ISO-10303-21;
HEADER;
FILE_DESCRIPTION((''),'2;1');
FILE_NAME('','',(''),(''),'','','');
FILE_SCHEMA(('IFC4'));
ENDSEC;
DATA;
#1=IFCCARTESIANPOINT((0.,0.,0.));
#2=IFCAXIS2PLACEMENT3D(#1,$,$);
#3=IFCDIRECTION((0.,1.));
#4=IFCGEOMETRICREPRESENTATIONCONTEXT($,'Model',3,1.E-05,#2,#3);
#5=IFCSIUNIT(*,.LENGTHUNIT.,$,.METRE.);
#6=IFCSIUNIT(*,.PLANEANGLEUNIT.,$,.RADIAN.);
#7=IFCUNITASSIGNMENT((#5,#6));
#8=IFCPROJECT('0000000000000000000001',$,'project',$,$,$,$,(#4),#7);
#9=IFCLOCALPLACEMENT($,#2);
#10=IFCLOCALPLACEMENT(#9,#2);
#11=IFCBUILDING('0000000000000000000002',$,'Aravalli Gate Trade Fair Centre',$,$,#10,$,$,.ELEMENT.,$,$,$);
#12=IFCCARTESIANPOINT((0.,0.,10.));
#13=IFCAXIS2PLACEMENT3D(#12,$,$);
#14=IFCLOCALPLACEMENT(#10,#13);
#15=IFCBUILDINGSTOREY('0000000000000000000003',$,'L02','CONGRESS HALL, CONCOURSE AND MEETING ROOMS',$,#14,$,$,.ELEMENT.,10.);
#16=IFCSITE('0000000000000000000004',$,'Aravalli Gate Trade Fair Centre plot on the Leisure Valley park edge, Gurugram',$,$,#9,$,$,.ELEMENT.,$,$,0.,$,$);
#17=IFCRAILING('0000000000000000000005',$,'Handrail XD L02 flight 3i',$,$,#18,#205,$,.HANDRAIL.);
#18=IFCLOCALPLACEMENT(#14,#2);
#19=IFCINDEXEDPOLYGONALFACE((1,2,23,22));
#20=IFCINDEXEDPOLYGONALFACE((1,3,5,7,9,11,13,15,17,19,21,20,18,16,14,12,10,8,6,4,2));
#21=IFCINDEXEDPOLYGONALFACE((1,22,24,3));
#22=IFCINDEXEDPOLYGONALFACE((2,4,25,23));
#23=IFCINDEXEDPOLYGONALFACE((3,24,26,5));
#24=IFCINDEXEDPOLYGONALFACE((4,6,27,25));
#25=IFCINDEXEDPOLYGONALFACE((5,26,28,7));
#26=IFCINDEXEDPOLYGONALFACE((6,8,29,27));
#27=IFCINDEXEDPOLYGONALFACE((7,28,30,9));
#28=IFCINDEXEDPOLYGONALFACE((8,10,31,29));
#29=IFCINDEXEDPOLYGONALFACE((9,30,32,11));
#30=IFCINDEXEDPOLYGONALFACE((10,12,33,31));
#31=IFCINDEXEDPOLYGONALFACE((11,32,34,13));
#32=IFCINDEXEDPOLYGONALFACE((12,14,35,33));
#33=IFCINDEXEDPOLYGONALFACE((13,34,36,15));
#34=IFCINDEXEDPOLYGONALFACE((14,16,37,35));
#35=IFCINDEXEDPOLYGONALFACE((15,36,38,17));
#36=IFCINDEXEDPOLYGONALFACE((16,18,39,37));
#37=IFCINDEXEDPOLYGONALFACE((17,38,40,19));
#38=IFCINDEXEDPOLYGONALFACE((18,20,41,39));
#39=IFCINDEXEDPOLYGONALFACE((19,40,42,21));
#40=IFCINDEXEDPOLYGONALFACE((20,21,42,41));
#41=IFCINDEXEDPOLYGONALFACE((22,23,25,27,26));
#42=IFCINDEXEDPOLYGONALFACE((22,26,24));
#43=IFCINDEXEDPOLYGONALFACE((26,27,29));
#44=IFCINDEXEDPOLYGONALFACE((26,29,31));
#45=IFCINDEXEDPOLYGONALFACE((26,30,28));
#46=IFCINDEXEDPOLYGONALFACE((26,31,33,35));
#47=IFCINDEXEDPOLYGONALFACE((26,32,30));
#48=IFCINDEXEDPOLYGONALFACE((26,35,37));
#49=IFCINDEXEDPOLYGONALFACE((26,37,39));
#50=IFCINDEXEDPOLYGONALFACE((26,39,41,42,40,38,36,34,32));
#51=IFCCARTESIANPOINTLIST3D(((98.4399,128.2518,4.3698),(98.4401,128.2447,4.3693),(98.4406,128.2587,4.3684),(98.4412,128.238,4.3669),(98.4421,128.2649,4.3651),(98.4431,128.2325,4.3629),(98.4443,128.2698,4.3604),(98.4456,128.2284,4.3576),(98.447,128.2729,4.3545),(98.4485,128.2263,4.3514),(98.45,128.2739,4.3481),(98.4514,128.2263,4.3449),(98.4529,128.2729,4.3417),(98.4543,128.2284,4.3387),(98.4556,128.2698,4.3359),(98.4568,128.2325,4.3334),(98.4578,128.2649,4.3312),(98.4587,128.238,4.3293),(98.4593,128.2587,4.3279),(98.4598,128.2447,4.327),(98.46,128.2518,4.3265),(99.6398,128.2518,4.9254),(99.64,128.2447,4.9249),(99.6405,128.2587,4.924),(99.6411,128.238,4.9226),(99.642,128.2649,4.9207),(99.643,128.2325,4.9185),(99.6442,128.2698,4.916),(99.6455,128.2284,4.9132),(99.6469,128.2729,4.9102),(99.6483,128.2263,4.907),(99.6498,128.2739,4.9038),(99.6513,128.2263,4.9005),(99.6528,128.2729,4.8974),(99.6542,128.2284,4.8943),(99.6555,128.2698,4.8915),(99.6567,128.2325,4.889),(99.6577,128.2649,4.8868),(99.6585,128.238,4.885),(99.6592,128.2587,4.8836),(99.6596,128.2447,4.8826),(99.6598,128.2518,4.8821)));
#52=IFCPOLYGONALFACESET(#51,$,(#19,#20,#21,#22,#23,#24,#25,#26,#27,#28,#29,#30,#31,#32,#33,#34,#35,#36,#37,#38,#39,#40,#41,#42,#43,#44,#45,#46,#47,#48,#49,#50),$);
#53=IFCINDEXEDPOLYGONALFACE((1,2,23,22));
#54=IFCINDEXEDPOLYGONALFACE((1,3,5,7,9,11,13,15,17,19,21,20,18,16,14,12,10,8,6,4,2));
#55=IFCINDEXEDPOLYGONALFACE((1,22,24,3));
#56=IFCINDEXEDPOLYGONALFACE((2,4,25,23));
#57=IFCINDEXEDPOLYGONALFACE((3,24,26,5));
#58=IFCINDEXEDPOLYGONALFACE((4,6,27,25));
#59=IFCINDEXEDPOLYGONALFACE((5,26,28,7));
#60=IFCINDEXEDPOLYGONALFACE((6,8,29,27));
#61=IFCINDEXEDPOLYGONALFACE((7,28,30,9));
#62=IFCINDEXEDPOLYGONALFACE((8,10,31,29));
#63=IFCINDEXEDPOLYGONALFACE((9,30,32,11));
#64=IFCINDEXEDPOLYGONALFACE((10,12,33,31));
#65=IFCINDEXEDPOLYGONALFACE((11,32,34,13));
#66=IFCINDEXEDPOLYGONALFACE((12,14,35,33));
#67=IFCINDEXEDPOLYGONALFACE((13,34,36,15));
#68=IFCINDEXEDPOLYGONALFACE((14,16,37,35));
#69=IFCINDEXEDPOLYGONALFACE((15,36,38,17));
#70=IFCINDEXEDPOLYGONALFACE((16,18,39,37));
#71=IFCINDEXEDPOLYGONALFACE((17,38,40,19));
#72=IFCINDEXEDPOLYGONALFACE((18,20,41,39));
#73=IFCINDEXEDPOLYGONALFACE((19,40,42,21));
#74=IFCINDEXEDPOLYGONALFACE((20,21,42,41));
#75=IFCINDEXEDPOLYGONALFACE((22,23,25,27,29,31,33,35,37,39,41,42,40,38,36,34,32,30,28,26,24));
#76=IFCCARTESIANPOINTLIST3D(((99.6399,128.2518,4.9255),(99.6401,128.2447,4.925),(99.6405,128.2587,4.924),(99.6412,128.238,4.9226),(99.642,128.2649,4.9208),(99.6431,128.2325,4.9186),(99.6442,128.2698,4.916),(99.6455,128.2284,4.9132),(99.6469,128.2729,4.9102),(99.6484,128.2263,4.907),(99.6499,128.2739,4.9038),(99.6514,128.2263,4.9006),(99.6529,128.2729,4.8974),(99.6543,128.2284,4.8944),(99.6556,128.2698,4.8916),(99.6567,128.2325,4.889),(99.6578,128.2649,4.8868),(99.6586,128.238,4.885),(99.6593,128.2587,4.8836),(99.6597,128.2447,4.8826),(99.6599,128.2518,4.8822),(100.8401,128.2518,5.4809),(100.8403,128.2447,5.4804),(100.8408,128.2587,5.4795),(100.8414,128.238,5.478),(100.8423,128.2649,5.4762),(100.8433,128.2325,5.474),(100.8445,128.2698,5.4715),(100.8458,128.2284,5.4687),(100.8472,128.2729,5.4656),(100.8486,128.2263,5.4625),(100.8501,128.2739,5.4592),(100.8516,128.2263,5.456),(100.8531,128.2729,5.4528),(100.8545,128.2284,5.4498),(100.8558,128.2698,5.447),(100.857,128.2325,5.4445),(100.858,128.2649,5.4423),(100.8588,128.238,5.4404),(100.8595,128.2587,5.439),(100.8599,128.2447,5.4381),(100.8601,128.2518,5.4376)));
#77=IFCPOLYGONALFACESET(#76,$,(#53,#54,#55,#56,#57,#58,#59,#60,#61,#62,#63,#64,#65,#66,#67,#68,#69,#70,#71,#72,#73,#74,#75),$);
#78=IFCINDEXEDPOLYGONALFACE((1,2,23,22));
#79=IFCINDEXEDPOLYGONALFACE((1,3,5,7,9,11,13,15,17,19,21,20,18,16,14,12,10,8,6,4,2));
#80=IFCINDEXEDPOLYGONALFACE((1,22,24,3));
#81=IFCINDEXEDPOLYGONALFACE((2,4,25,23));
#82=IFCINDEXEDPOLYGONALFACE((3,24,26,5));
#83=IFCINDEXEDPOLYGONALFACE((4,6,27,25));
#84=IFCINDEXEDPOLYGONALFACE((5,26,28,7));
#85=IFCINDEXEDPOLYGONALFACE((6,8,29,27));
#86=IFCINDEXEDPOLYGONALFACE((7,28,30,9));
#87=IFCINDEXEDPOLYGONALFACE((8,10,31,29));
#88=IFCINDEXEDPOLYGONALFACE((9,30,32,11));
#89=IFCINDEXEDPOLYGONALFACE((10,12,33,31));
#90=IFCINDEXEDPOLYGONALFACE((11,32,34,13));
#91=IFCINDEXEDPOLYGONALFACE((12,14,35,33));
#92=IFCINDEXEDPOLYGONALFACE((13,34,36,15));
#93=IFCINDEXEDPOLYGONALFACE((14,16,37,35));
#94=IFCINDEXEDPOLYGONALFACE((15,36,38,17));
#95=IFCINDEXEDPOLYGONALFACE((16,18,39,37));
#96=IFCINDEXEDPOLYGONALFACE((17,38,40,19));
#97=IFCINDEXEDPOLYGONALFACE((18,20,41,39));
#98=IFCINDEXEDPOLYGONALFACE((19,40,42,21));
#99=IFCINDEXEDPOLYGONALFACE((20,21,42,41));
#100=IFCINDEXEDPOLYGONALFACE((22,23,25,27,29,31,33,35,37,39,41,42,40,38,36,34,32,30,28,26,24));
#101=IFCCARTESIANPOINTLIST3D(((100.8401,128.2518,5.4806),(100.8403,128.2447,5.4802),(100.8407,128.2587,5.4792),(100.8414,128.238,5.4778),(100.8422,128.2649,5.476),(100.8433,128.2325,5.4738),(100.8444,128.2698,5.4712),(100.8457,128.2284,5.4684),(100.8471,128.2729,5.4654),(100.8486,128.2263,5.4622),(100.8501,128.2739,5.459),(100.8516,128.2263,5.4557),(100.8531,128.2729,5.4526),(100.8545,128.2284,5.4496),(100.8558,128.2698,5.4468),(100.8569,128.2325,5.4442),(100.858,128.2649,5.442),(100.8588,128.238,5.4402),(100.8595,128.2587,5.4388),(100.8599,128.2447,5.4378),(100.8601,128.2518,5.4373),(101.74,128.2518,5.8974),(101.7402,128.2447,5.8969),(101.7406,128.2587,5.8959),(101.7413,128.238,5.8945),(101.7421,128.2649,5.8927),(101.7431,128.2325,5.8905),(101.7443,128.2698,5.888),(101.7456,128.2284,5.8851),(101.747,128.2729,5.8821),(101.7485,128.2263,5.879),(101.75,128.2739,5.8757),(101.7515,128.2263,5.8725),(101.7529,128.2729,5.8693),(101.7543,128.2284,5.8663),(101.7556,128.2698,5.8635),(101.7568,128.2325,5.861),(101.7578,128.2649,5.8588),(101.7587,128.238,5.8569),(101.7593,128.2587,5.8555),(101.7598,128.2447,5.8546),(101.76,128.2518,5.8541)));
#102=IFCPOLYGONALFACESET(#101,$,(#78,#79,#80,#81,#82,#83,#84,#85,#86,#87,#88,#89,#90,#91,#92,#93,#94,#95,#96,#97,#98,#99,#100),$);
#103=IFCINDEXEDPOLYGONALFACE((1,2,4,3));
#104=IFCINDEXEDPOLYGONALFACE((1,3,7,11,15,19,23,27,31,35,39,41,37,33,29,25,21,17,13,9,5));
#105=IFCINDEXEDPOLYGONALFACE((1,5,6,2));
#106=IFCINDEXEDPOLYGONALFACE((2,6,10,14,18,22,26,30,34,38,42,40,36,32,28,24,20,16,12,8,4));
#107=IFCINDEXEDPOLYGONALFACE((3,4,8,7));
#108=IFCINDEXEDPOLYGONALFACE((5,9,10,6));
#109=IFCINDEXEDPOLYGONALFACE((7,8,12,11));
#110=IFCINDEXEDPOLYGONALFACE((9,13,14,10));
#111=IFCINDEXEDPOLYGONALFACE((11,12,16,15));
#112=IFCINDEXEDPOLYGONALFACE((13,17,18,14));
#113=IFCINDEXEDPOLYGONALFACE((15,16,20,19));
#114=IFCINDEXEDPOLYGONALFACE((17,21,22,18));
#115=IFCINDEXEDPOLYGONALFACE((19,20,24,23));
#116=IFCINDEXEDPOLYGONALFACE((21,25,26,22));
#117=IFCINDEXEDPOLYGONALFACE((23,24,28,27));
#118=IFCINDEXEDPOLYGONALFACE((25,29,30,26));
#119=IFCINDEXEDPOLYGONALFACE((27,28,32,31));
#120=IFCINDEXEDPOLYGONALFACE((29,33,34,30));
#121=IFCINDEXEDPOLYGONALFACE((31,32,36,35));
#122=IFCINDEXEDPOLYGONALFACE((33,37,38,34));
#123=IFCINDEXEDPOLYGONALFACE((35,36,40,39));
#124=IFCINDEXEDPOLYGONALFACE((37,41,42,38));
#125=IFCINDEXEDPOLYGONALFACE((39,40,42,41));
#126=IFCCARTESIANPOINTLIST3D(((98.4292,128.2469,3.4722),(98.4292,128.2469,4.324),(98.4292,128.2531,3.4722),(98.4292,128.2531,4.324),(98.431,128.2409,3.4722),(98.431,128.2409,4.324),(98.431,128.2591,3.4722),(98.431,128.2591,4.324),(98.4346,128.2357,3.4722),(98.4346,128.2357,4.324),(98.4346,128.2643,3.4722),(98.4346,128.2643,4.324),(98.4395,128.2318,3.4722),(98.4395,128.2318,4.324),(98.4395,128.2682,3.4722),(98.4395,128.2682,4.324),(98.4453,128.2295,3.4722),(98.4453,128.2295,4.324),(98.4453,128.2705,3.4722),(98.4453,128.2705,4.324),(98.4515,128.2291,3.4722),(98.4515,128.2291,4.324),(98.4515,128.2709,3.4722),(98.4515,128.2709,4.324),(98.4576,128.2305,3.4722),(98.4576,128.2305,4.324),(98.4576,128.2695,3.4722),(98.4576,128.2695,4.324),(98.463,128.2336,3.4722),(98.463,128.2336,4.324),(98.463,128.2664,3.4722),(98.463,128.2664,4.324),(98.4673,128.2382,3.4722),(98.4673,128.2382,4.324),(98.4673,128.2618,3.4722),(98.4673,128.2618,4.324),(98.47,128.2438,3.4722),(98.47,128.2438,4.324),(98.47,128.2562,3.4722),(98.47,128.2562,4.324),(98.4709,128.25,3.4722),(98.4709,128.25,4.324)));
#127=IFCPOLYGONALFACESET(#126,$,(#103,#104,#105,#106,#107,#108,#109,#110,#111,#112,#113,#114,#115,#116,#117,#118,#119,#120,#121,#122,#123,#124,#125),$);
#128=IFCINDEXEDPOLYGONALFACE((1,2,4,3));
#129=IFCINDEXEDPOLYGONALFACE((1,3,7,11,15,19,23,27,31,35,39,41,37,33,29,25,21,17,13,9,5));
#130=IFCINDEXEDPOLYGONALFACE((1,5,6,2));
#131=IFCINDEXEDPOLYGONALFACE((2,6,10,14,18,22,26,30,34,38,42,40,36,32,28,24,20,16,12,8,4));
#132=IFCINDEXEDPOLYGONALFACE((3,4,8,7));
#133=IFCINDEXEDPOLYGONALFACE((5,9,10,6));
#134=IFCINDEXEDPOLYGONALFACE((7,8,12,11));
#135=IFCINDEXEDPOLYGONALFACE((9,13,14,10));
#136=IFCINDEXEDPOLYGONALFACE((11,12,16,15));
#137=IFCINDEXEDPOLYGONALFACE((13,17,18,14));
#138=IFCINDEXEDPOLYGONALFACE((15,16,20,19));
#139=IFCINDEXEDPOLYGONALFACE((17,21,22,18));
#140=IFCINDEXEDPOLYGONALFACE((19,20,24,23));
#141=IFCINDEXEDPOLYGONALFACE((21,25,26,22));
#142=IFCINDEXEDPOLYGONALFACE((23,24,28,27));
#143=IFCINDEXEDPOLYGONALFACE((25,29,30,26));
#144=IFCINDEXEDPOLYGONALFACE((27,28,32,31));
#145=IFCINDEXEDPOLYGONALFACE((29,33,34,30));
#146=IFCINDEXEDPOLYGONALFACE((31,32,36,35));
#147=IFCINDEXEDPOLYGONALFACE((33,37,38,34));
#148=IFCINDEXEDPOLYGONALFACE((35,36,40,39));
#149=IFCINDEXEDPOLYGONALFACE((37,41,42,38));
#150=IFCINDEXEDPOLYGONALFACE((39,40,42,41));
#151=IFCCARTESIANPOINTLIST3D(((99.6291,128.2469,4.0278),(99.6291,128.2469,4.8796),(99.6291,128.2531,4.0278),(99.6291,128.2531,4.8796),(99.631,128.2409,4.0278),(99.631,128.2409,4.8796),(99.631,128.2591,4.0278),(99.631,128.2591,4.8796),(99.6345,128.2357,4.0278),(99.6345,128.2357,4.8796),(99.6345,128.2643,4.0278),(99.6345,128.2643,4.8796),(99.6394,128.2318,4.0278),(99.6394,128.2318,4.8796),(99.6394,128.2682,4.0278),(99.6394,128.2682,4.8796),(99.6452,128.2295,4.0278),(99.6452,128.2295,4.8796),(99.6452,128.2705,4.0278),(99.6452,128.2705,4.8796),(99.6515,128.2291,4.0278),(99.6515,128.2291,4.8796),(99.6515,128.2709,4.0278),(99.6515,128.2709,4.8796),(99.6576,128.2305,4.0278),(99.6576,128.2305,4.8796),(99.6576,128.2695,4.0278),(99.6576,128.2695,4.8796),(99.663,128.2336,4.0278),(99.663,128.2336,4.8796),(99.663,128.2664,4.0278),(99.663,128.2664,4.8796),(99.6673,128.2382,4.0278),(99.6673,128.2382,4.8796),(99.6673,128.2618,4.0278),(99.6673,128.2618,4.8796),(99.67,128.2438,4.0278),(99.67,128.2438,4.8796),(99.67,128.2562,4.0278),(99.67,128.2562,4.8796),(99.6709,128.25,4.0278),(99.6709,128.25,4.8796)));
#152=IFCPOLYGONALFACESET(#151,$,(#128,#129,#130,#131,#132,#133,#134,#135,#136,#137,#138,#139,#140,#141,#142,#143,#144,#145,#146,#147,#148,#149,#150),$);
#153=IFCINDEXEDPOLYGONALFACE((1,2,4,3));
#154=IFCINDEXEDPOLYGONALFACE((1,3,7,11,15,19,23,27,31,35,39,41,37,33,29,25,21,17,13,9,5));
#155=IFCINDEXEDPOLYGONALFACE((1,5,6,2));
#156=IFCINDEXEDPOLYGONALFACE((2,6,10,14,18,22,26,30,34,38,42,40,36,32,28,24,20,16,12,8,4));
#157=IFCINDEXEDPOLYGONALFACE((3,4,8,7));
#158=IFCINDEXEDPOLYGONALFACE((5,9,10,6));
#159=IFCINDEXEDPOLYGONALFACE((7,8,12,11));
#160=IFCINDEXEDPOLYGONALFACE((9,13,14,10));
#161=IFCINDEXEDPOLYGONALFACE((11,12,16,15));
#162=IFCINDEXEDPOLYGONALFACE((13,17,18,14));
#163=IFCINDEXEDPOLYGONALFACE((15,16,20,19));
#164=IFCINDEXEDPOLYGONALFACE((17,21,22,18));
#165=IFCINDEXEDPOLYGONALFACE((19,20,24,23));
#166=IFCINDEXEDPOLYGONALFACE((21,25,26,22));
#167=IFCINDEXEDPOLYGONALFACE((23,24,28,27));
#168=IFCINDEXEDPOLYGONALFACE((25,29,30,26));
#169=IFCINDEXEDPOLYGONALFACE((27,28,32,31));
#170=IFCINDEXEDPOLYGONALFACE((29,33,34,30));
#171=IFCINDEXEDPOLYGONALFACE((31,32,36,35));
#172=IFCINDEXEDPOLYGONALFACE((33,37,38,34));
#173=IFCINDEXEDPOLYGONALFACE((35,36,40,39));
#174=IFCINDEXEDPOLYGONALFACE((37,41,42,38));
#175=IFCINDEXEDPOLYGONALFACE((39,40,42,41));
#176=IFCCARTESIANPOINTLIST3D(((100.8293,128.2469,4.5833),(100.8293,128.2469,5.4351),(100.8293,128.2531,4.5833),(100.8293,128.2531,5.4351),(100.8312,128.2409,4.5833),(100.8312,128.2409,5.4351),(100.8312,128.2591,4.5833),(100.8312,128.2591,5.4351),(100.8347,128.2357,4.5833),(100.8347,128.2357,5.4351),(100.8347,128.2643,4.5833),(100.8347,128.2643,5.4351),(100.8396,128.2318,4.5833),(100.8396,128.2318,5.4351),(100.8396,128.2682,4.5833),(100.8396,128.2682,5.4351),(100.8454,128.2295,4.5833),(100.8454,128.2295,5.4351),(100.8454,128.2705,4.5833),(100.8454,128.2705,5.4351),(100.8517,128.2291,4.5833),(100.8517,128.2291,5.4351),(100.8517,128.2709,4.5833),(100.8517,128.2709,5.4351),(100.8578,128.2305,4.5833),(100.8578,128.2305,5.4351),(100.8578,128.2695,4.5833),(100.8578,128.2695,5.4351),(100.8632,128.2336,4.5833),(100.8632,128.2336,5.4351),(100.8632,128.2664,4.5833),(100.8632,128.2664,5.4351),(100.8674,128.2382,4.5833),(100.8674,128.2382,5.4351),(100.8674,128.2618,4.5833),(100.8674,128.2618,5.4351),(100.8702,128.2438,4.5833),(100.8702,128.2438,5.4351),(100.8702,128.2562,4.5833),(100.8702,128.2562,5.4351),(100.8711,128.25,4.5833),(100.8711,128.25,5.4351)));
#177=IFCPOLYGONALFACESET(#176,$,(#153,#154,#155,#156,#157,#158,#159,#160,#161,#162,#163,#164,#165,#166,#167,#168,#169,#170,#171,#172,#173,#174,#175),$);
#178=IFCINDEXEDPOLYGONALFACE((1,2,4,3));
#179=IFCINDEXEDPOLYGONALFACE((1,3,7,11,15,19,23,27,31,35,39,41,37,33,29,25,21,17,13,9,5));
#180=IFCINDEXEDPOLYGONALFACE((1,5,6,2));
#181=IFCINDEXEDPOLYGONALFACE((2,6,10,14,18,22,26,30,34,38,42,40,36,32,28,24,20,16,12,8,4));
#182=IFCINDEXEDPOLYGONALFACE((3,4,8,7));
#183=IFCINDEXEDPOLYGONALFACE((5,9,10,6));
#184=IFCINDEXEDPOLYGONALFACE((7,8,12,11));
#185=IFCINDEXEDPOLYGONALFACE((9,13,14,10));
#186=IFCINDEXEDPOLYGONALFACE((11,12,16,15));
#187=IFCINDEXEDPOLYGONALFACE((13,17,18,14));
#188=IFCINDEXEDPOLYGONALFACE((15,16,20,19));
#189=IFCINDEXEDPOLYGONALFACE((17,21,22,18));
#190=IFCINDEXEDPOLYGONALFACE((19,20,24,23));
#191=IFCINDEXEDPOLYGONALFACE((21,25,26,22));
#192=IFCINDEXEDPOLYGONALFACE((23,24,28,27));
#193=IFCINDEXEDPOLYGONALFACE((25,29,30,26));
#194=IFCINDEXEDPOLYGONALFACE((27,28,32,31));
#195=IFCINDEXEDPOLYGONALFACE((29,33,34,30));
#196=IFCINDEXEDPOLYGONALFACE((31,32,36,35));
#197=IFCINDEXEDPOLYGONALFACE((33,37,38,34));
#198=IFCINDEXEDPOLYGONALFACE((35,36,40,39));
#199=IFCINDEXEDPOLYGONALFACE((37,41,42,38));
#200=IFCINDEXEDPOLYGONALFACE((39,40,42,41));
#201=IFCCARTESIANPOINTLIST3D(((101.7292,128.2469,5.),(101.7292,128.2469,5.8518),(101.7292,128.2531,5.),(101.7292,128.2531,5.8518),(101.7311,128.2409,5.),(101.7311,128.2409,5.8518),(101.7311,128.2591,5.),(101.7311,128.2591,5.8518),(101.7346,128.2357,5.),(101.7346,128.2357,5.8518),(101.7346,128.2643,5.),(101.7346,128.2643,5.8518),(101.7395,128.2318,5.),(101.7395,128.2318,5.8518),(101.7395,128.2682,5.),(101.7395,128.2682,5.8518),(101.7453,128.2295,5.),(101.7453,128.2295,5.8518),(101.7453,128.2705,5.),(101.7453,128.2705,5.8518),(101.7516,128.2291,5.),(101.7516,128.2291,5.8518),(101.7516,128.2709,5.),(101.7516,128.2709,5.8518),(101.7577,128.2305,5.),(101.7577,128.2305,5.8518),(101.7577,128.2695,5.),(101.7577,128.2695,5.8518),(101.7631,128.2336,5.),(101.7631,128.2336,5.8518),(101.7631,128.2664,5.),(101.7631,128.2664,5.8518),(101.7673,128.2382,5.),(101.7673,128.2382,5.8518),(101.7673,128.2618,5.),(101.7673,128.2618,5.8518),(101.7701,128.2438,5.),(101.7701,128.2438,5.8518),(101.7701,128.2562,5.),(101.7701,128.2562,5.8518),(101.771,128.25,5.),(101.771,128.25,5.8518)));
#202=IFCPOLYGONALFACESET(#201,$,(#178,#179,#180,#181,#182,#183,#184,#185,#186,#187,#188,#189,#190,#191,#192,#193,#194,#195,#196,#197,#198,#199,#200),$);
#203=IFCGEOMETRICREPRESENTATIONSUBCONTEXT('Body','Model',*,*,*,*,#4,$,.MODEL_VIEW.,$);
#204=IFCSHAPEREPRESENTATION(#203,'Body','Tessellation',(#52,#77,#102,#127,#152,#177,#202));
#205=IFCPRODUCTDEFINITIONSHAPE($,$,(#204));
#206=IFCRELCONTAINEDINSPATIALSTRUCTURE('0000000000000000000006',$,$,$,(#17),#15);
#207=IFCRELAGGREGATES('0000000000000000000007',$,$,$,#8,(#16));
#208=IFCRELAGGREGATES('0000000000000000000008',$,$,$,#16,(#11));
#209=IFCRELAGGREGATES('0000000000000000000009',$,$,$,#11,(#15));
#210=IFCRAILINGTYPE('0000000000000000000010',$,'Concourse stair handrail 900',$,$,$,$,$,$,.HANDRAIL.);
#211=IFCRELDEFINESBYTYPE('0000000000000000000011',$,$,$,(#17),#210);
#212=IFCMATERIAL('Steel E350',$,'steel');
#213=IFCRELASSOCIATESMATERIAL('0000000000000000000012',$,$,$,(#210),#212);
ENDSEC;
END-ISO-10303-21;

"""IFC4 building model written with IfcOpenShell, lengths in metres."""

from ifc_helpers import new_model, si_unit, direction, frame, origin, origin_2d, place, context, subcontext, project, spatial, circle, extrude, material, type_object, element, save


model = new_model("IFC4")

# Units and contexts
model_context = context("Model", 3, precision=1e-05, world=origin(), true_north=direction((0.0, 1.0)))
body_context = subcontext(model_context, "Body", "Model", "MODEL_VIEW")
ifc_project = project(units=[si_unit("LENGTHUNIT", "METRE"), si_unit("PLANEANGLEUNIT", "RADIAN")], contexts=[model_context])

# Site, building, storey
site_placement = place(None, origin())
site = spatial("IfcSite", under=ifc_project, at=site_placement, Name="Aravalli Gate Trade Fair Centre plot on the Leisure Valley park edge, Gurugram", CompositionType="ELEMENT", RefElevation=0.0)
building_placement = place(site_placement, origin())
building = spatial("IfcBuilding", under=site, at=building_placement, Name="Aravalli Gate Trade Fair Centre", CompositionType="ELEMENT")
storey_placement = place(building_placement, frame((0.0, 0.0, 10.0)))
storey = spatial("IfcBuildingStorey", under=building, at=storey_placement, Name="L02", Description="CONGRESS HALL, CONCOURSE AND MEETING ROOMS", CompositionType="ELEMENT", Elevation=10.0)

# Shared definitions
ifc_material_1 = material(Name="Steel E350", Category="steel")

# Railing
railing_type = type_object("IfcRailingType", Name="Concourse stair handrail 900", PredefinedType="HANDRAIL", material=ifc_material_1)
for number, where, name in (
    (1, (98.45, 128.25, 3.4722), "Handrail XD L02 flight 3i"),
):
    element("IfcRailing", number, at=place(storey_placement, frame(where)), inside=storey, type_object=railing_type, Name=name, PredefinedType="HANDRAIL", context=body_context, shape_type="SweptSolid", body=[
        extrude(circle(Radius=0.0239, at=origin_2d()), frame((0.0, 0.0, 0.876), z_axis=(0.907429, 0.0, 0.420205), x_axis=(0.0, 1.0, 0.0)), (0.0, 0.0, 1.0), 1.3223),
        extrude(circle(Radius=0.0239, at=origin_2d()), frame((1.2, 0.0, 1.4316), z_axis=(0.907532, 0.0, 0.419983), x_axis=(0.0, 1.0, 0.0)), (0.0, 0.0, 1.0), 1.3225),
        extrude(circle(Radius=0.0239, at=origin_2d()), frame((2.4001, 0.0, 1.9868), z_axis=(0.907418, 0.0, 0.420229), x_axis=(0.0, 1.0, 0.0)), (0.0, 0.0, 1.0), 0.9917),
        extrude(circle(Radius=0.021, at=origin_2d()), origin(), (0.0, 0.0, 1.0), 0.8518),
        extrude(circle(Radius=0.021, at=origin_2d()), frame((1.2, 0.0, 0.5557)), (0.0, 0.0, 1.0), 0.8518),
        extrude(circle(Radius=0.021, at=origin_2d()), frame((2.4001, 0.0, 1.1111)), (0.0, 0.0, 1.0), 0.8518),
        extrude(circle(Radius=0.021, at=origin_2d()), frame((3.3, 0.0, 1.5278)), (0.0, 0.0, 1.0), 0.8518),
    ])

save(model, "model.ifc")
